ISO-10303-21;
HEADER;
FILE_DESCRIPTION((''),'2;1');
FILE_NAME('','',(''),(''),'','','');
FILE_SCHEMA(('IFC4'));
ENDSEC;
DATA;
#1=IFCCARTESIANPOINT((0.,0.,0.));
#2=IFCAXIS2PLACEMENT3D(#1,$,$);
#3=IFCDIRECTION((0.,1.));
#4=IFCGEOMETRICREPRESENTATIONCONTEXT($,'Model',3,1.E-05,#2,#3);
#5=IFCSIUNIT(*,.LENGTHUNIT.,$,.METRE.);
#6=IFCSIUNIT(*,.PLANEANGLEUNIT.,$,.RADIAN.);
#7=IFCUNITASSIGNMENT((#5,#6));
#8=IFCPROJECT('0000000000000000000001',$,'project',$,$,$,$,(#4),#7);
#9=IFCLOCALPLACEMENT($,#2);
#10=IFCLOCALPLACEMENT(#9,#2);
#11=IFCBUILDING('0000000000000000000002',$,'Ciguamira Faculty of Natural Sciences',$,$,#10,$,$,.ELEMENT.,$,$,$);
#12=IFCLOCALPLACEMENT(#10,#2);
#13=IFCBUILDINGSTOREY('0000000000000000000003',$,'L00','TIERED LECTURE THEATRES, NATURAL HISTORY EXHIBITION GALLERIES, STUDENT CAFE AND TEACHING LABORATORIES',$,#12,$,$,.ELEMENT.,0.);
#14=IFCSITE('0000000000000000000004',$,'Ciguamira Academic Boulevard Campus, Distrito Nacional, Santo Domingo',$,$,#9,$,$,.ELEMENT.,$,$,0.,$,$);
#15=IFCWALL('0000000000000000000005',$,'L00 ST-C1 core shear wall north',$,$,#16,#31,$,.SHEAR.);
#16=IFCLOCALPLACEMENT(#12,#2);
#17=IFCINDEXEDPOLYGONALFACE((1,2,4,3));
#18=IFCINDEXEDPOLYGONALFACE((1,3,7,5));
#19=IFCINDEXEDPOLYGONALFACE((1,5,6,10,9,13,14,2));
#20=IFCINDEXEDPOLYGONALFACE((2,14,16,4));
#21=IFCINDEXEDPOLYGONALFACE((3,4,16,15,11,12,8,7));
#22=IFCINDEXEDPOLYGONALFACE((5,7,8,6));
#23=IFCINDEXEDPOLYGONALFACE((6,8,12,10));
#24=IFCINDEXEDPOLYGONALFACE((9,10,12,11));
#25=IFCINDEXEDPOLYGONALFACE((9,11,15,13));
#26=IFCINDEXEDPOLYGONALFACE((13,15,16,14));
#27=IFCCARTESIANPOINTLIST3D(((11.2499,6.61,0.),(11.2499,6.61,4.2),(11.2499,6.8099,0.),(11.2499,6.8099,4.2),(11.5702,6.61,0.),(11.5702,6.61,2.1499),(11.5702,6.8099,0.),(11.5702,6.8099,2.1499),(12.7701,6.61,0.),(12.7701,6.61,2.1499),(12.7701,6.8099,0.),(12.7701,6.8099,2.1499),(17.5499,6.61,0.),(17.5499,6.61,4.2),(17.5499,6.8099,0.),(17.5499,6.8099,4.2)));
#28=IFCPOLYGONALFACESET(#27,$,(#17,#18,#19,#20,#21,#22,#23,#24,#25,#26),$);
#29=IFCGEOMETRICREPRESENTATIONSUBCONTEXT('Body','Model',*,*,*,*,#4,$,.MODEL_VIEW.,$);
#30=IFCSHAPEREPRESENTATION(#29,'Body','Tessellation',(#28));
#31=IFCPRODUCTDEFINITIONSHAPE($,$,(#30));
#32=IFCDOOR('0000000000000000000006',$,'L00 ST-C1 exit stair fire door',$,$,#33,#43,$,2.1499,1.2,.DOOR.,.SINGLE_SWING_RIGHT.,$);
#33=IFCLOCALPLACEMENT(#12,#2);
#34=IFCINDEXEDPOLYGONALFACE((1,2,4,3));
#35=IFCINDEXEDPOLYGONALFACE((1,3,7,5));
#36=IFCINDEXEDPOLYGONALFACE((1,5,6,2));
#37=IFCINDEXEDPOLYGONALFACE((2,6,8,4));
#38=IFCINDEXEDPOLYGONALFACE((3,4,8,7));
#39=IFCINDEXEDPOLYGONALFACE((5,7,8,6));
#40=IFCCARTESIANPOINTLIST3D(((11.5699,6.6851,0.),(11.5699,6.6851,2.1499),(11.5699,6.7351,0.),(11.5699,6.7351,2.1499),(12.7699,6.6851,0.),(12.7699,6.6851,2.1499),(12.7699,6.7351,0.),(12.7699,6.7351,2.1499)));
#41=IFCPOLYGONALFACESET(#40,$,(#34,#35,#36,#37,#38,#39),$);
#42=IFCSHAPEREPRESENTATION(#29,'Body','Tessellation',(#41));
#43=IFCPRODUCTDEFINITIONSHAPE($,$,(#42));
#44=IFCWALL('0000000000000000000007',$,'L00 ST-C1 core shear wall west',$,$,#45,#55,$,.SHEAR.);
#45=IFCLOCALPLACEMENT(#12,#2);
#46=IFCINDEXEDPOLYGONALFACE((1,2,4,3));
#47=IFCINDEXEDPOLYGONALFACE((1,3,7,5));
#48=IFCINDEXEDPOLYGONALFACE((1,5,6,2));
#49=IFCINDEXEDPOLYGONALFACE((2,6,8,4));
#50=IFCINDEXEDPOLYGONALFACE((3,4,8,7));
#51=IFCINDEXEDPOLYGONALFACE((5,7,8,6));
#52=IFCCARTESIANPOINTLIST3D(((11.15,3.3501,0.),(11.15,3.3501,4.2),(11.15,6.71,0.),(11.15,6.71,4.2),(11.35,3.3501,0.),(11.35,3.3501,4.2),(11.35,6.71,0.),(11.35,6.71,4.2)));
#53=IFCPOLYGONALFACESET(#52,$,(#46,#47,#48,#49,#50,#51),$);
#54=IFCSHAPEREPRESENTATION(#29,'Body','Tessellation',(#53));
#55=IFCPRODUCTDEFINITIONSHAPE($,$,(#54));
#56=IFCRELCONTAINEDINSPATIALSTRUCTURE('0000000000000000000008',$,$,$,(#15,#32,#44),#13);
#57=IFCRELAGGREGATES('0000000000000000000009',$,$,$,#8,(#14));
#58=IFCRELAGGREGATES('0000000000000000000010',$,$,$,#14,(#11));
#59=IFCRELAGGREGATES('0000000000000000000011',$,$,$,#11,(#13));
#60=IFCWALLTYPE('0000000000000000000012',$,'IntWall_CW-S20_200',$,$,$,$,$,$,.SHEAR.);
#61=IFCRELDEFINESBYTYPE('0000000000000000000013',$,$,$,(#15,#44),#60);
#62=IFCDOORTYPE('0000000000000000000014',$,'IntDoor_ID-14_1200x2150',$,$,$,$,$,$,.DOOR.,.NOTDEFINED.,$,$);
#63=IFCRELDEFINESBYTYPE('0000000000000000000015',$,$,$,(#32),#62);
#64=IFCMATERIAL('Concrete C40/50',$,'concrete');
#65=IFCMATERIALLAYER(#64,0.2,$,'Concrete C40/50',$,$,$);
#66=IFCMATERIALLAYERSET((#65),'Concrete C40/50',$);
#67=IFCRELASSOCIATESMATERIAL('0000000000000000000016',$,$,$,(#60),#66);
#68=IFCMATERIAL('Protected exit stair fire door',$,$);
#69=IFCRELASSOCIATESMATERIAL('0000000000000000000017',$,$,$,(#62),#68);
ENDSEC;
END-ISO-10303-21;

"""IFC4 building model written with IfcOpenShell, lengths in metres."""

from ifc_helpers import new_model, si_unit, direction, frame, frame_2d, origin, place, context, subcontext, project, spatial, rectangle, extrude, material, layer, layer_set, type_object, element, fill, save


model = new_model("IFC4")

# Units and contexts
model_context = context("Model", 3, precision=1e-05, world=origin(), true_north=direction((0.0, 1.0)))
body_context = subcontext(model_context, "Body", "Model", "MODEL_VIEW")
ifc_project = project(units=[si_unit("LENGTHUNIT", "METRE"), si_unit("PLANEANGLEUNIT", "RADIAN")], contexts=[model_context])

# Site, building, storey
site_placement = place(None, origin())
site = spatial("IfcSite", under=ifc_project, at=site_placement, Name="Ciguamira Academic Boulevard Campus, Distrito Nacional, Santo Domingo", CompositionType="ELEMENT", RefElevation=0.0)
building_placement = place(site_placement, origin())
building = spatial("IfcBuilding", under=site, at=building_placement, Name="Ciguamira Faculty of Natural Sciences", CompositionType="ELEMENT")
storey_placement = place(building_placement, origin())
storey = spatial("IfcBuildingStorey", under=building, at=storey_placement, Name="L00", Description="TIERED LECTURE THEATRES, NATURAL HISTORY EXHIBITION GALLERIES, STUDENT CAFE AND TEACHING LABORATORIES", CompositionType="ELEMENT", Elevation=0.0)

# Shared definitions
ifc_material_1 = material(Name="Concrete C40/50", Category="concrete")

# Shared definitions
ifc_layer_1 = layer(ifc_material_1, 0.2, Name="Concrete C40/50")
ifc_layer_set_1 = layer_set([ifc_layer_1], Name="Concrete C40/50")
wall_type_1 = type_object("IfcWallType", Name="IntWall_CW-S20_200", PredefinedType="SHEAR", material=ifc_layer_set_1)

# Wall, opening, door
wall_1_placement = place(storey_placement, frame((11.25, 6.71, 0.0), z_axis=(0.0, 0.0, 1.0), x_axis=(1.0, 0.0, 0.0)))
wall_1 = element("IfcWall", 1, at=wall_1_placement, inside=storey, type_object=wall_type_1, Name="L00 ST-C1 core shear wall north", PredefinedType="SHEAR", context=body_context, shape_type="SweptSolid", body=[
    extrude(rectangle(XDim=6.3, YDim=0.2, at=frame_2d((3.1499, 0.0))), origin(), (0.0, 0.0, 1.0), 4.2),
])
opening_1_placement = place(wall_1_placement, frame((0.3201, 0.0, 0.0)))
opening_1 = element("IfcOpeningElement", 2, at=opening_1_placement, cuts=wall_1, PredefinedType="OPENING", context=body_context, shape_type="SweptSolid", body=[
    extrude(rectangle(XDim=1.2, YDim=2.1499, at=frame_2d((0.6001, 1.075))), frame((0.0, 0.1099, 0.0), z_axis=(0.0, -1.0, 0.0), x_axis=(1.0, 0.0, 0.0)), (0.0, 0.0, 1.0), 0.22),
])
ifc_material_2 = material(Name="Protected exit stair fire door")
door_type_1 = type_object("IfcDoorType", Name="IntDoor_ID-14_1200x2150", OperationType="NOTDEFINED", PredefinedType="DOOR", material=ifc_material_2)
door_1_placement = place(opening_1_placement, frame((1.2, 0.0, 0.0), z_axis=(0.0, 0.0, 1.0), x_axis=(-1.0, 0.0, 0.0)))
door_1 = element("IfcDoor", 3, at=door_1_placement, inside=storey, type_object=door_type_1, Name="L00 ST-C1 exit stair fire door", OperationType="SINGLE_SWING_RIGHT", OverallHeight=2.1499, OverallWidth=1.2, PredefinedType="DOOR", context=body_context, shape_type="SweptSolid", body=[
    extrude(rectangle(XDim=1.2, YDim=2.1499, at=frame_2d((0.6001, 1.075))), frame((0.0, 0.0249, 0.0), z_axis=(0.0, -1.0, 0.0), x_axis=(1.0, 0.0, 0.0)), (0.0, 0.0, 1.0), 0.05),
])
fill(opening_1, door_1)

# Wall
wall_2_placement = place(storey_placement, frame((11.25, 3.3501, 0.0), z_axis=(0.0, 0.0, 1.0), x_axis=(0.0, 1.0, 0.0)))
element("IfcWall", 4, at=wall_2_placement, inside=storey, type_object=wall_type_1, Name="L00 ST-C1 core shear wall west", PredefinedType="SHEAR", context=body_context, shape_type="SweptSolid", body=[
    extrude(rectangle(XDim=3.3599, YDim=0.2, at=frame_2d((1.6799, 0.0))), origin(), (0.0, 0.0, 1.0), 4.2),
])

save(model, "model.ifc")
